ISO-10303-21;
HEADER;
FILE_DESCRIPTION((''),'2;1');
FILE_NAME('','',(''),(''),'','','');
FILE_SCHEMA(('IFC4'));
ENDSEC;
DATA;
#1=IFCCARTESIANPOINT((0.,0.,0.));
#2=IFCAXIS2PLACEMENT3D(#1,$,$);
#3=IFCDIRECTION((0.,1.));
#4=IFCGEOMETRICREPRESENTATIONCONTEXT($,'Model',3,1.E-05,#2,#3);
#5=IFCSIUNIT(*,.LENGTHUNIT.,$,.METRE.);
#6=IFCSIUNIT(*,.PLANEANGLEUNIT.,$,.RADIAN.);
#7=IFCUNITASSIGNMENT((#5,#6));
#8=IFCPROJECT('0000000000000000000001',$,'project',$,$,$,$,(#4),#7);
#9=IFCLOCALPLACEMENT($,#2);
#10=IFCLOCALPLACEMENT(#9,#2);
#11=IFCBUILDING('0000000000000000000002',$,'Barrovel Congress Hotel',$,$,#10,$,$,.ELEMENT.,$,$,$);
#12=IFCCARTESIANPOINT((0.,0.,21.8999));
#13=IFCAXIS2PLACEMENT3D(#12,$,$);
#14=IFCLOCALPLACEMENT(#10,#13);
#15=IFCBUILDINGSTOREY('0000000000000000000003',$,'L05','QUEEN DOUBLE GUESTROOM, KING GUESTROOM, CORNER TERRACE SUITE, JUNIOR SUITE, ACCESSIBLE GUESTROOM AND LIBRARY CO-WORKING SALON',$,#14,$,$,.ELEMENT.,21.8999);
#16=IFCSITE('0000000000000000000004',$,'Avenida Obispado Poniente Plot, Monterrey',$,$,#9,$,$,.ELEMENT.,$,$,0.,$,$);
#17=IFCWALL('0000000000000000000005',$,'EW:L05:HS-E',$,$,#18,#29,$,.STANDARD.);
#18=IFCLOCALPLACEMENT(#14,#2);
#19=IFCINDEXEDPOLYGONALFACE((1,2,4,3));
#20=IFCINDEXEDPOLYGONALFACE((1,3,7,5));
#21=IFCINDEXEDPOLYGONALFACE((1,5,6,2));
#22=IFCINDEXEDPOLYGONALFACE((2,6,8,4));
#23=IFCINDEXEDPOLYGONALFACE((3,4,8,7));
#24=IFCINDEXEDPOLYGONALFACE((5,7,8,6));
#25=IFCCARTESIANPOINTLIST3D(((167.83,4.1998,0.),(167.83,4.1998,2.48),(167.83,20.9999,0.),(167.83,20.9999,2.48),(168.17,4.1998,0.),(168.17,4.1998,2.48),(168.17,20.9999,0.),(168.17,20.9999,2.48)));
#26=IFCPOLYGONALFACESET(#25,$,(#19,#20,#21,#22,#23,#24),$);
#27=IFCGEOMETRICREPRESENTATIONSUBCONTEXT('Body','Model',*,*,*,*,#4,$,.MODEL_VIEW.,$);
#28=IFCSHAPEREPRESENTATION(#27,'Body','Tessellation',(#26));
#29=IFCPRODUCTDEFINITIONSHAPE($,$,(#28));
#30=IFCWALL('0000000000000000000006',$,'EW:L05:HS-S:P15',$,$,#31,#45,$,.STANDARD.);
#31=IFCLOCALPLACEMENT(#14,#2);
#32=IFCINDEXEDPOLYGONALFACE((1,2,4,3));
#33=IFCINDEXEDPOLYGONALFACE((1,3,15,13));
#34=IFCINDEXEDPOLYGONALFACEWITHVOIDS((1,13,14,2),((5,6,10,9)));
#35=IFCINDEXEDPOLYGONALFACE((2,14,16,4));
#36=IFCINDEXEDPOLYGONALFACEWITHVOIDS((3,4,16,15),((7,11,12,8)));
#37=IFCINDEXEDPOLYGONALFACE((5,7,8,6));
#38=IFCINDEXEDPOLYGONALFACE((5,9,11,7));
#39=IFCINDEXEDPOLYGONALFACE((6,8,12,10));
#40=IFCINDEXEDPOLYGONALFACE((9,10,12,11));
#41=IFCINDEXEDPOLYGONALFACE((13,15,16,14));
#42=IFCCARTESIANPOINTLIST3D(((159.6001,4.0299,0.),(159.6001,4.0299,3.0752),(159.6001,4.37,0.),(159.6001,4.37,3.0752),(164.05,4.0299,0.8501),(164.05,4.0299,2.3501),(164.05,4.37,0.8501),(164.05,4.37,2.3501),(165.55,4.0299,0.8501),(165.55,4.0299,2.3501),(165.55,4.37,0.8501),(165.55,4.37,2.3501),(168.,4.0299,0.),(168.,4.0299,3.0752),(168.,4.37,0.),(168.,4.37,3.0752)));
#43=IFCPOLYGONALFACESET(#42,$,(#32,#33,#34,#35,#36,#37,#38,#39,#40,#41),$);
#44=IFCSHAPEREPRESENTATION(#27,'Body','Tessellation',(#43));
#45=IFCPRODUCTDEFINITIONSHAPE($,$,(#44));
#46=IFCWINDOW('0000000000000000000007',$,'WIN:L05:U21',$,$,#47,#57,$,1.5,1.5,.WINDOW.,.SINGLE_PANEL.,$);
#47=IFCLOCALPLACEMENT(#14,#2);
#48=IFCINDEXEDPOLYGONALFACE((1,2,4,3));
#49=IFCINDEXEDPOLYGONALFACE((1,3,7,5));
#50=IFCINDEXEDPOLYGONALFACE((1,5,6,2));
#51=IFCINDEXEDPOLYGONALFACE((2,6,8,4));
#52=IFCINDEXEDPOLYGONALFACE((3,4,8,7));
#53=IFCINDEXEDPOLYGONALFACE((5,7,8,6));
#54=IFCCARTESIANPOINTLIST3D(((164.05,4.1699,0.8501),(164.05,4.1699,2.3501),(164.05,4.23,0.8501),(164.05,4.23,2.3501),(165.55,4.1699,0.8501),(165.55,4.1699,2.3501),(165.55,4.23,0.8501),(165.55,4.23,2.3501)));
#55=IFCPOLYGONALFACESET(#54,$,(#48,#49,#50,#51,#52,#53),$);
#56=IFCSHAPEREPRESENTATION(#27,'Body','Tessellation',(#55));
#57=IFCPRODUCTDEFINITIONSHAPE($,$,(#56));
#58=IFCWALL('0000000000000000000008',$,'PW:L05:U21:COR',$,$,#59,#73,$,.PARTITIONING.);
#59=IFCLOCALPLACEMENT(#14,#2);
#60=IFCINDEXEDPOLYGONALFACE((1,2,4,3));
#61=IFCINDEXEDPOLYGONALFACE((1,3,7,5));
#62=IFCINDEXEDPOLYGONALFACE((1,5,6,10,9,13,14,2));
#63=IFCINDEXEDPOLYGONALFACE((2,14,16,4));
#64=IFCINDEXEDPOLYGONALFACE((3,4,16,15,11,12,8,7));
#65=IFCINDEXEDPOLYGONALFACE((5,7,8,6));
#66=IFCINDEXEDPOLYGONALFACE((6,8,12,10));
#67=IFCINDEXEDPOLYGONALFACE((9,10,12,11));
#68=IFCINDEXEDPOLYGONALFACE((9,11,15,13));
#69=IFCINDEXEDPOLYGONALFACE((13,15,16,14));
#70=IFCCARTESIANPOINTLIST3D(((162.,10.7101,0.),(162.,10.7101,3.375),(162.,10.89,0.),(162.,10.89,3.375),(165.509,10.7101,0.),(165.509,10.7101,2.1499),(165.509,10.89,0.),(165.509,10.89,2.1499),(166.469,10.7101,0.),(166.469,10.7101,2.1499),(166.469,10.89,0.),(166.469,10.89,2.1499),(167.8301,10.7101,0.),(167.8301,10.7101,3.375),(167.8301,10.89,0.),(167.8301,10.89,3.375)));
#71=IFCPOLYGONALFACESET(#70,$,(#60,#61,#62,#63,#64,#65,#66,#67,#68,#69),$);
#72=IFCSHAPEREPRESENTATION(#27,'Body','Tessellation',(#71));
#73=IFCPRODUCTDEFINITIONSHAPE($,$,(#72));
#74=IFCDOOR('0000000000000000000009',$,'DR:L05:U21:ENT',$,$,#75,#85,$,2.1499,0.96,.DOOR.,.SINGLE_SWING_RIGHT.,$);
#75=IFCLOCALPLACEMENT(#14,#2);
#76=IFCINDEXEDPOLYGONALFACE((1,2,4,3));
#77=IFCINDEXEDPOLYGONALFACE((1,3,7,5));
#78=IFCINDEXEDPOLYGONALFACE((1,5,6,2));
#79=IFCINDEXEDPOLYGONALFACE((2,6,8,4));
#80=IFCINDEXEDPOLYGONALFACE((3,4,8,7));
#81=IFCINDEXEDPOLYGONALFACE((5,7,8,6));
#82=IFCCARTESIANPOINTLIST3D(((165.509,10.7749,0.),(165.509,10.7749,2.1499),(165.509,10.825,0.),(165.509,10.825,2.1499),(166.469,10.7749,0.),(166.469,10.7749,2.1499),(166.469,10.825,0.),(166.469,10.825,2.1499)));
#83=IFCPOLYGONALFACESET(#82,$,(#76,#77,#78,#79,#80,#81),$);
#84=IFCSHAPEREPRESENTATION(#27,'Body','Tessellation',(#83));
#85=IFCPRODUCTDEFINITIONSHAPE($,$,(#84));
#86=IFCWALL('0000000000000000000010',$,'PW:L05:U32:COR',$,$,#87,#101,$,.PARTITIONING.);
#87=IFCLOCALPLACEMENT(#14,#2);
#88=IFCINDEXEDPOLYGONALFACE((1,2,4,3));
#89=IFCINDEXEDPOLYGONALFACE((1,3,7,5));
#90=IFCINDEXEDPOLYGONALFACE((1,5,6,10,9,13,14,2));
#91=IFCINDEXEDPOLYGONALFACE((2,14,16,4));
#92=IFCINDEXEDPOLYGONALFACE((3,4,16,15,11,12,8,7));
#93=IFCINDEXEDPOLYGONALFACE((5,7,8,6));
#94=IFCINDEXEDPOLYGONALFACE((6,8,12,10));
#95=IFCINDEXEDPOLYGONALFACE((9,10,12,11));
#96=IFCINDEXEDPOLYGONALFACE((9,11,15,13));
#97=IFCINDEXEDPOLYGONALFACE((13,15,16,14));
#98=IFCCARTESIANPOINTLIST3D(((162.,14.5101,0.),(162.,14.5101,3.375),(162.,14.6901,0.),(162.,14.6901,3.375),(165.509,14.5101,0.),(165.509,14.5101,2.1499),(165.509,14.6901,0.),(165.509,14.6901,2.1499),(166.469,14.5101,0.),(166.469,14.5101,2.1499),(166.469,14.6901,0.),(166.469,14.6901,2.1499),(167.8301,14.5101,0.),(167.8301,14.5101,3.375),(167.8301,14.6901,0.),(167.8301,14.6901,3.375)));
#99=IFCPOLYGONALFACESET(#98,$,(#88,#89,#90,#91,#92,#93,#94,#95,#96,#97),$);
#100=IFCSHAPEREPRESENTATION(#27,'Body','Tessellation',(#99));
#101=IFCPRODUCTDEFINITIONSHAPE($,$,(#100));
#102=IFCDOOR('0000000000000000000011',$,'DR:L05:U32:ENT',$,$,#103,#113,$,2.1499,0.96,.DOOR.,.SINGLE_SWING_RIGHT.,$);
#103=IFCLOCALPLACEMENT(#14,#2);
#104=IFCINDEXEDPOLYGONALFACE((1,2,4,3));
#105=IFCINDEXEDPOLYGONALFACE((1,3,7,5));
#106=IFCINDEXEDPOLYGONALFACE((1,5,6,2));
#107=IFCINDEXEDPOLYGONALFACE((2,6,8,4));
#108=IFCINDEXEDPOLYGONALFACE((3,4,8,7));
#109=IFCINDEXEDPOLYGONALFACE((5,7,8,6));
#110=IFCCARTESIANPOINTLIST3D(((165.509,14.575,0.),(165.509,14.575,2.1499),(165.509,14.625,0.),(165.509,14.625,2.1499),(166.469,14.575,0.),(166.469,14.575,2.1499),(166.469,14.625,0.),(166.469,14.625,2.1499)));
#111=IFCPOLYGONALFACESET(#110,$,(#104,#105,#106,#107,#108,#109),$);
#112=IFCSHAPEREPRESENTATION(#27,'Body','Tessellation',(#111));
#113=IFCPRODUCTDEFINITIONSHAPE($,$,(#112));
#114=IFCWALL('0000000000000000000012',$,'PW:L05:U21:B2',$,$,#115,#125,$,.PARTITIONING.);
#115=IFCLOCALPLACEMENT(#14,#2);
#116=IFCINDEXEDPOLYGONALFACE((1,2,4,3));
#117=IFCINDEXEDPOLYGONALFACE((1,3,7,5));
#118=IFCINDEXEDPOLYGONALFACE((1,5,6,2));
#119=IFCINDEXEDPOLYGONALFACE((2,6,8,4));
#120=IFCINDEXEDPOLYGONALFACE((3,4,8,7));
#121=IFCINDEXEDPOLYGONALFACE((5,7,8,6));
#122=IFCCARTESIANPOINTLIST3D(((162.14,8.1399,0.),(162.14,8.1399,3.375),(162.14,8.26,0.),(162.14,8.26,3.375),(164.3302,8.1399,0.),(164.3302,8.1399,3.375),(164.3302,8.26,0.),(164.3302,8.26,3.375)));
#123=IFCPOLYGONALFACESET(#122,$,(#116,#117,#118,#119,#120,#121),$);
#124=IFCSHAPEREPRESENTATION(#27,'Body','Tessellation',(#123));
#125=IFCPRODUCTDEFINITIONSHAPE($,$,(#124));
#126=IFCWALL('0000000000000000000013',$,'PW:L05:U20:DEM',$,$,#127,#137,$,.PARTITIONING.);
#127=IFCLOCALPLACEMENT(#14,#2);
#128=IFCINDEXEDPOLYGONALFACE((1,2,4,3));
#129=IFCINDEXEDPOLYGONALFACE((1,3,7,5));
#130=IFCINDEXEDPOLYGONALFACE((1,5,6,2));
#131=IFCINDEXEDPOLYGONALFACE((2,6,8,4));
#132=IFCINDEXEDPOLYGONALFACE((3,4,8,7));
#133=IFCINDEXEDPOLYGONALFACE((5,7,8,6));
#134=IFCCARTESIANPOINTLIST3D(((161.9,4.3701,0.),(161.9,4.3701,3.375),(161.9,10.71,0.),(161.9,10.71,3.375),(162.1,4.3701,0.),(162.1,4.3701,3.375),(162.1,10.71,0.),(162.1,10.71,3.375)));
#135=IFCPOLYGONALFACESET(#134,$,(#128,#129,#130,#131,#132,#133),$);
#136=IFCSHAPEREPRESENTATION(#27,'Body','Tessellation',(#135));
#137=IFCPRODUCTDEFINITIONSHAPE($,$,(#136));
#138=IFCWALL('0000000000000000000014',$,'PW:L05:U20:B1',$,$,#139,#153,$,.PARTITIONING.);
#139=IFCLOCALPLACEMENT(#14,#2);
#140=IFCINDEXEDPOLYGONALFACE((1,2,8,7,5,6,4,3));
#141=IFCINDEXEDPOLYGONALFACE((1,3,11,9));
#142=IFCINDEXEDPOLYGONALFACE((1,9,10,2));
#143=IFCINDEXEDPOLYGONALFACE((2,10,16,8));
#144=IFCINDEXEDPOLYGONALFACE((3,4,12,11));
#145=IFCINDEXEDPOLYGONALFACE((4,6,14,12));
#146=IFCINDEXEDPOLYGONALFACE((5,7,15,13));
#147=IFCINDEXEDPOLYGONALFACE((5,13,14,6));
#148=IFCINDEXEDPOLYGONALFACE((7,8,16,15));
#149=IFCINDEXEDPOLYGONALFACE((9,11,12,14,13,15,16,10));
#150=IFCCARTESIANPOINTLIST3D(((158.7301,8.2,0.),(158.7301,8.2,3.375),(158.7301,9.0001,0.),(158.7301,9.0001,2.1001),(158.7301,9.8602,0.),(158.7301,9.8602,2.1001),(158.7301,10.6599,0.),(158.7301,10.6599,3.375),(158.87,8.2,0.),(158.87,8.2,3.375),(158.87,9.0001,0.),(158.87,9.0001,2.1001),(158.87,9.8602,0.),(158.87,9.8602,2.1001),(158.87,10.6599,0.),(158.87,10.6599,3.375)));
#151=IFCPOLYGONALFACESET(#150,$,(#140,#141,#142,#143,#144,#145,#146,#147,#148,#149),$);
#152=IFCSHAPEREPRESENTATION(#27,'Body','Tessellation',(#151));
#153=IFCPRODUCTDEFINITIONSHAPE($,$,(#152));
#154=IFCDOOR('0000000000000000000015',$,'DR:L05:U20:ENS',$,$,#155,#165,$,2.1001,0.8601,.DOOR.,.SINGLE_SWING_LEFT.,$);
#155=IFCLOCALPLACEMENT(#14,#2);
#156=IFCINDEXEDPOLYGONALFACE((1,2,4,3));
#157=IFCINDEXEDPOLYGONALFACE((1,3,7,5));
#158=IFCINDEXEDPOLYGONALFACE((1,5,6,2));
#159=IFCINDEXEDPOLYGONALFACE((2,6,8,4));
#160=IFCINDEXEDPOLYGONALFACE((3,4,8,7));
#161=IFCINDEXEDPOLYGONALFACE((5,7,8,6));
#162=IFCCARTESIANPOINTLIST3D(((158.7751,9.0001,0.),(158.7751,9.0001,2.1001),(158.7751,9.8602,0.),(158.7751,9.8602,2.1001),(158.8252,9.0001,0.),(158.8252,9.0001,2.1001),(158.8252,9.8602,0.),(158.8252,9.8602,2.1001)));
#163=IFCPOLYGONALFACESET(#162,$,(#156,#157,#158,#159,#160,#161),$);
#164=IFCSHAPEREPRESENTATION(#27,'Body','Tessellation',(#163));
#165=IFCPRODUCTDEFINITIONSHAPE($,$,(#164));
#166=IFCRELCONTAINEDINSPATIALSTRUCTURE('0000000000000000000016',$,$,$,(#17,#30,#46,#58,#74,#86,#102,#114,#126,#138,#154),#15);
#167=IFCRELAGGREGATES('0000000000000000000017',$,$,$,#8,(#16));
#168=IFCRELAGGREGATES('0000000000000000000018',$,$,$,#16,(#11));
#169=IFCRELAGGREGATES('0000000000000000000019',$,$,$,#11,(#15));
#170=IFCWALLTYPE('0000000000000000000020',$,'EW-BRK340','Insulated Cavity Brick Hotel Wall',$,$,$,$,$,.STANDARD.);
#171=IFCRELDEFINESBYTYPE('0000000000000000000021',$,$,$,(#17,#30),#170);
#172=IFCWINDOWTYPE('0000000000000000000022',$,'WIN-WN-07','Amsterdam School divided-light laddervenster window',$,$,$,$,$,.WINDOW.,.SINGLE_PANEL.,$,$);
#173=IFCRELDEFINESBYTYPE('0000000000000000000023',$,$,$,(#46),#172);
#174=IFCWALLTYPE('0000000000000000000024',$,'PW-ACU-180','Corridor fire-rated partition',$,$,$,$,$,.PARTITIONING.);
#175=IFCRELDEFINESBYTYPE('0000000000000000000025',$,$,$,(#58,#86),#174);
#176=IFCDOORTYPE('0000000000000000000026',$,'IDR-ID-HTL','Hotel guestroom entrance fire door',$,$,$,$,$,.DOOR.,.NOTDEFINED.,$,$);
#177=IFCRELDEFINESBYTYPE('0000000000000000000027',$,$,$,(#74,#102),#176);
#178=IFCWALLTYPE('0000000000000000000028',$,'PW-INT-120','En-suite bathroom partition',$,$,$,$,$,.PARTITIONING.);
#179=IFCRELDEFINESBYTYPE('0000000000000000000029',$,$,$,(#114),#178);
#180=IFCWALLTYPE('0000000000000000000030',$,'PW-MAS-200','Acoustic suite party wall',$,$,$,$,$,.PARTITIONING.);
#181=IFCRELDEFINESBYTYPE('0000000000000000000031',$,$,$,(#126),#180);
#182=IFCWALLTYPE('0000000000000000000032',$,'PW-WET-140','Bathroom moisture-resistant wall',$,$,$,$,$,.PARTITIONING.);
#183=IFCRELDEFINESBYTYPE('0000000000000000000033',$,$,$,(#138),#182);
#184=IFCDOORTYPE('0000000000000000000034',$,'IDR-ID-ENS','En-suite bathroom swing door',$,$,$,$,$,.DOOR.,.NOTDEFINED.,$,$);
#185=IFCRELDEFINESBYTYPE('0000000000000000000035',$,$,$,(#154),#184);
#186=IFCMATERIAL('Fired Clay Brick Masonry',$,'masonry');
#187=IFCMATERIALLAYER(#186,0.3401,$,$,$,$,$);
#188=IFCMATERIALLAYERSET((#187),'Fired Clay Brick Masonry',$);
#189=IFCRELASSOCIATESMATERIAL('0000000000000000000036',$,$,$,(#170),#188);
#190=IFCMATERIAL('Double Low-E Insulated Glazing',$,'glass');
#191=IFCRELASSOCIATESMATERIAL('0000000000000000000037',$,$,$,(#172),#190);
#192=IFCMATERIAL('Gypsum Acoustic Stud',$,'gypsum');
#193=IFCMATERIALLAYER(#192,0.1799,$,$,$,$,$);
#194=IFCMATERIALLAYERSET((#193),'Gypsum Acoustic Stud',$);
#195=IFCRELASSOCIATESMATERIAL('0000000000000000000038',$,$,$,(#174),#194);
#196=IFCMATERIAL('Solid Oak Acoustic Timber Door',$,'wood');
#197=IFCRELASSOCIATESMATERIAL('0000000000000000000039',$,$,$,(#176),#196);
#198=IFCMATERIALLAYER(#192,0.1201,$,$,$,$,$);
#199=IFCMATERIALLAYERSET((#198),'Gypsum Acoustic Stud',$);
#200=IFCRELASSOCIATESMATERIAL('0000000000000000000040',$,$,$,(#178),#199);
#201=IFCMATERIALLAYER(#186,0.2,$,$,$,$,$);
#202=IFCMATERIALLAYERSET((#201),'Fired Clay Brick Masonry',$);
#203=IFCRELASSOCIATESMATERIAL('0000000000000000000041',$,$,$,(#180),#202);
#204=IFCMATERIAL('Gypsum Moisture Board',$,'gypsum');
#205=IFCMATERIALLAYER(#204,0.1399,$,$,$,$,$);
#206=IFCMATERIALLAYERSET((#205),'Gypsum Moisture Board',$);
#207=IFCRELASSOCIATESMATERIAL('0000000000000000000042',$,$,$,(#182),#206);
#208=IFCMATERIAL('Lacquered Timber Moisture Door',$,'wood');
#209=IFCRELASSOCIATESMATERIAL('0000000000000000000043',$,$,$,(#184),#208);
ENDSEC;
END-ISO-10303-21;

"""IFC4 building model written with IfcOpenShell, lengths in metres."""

from ifc_helpers import new_model, si_unit, direction, frame, frame_2d, origin, place, context, subcontext, project, spatial, rectangle, extrude, material, layer, layer_set, type_object, element, fill, save


model = new_model("IFC4")

# Units and contexts
model_context = context("Model", 3, precision=1e-05, world=origin(), true_north=direction((0.0, 1.0)))
body_context = subcontext(model_context, "Body", "Model", "MODEL_VIEW")
ifc_project = project(units=[si_unit("LENGTHUNIT", "METRE"), si_unit("PLANEANGLEUNIT", "RADIAN")], contexts=[model_context])

# Site, building, storey
site_placement = place(None, origin())
site = spatial("IfcSite", under=ifc_project, at=site_placement, Name="Avenida Obispado Poniente Plot, Monterrey", CompositionType="ELEMENT", RefElevation=0.0)
building_placement = place(site_placement, origin())
building = spatial("IfcBuilding", under=site, at=building_placement, Name="Barrovel Congress Hotel", CompositionType="ELEMENT")
storey_placement = place(building_placement, frame((0.0, 0.0, 21.8999)))
storey = spatial("IfcBuildingStorey", under=building, at=storey_placement, Name="L05", Description="QUEEN DOUBLE GUESTROOM, KING GUESTROOM, CORNER TERRACE SUITE, JUNIOR SUITE, ACCESSIBLE GUESTROOM AND LIBRARY CO-WORKING SALON", CompositionType="ELEMENT", Elevation=21.8999)

# Wall
ifc_material_1 = material(Name="Fired Clay Brick Masonry", Category="masonry")
ifc_layer_1 = layer(ifc_material_1, 0.3401)
ifc_layer_set_1 = layer_set([ifc_layer_1], Name="Fired Clay Brick Masonry")
wall_type_1 = type_object("IfcWallType", Name="EW-BRK340", Description="Insulated Cavity Brick Hotel Wall", PredefinedType="STANDARD", material=ifc_layer_set_1)
wall_1_placement = place(storey_placement, frame((168.0, 4.2, 0.0), z_axis=(0.0, 0.0, 1.0), x_axis=(0.0, 1.0, 0.0)))
element("IfcWall", 1, at=wall_1_placement, inside=storey, type_object=wall_type_1, Name="EW:L05:HS-E", PredefinedType="STANDARD", context=body_context, shape_type="SweptSolid", body=[
    extrude(rectangle(XDim=16.8, YDim=0.3401, at=frame_2d((8.3999, 0.0))), origin(), (0.0, 0.0, 1.0), 2.48),
])

# Wall, opening, window
wall_2_placement = place(storey_placement, frame((159.6001, 4.2, 0.0), z_axis=(0.0, 0.0, 1.0), x_axis=(1.0, 0.0, 0.0)))
wall_2 = element("IfcWall", 2, at=wall_2_placement, inside=storey, type_object=wall_type_1, Name="EW:L05:HS-S:P15", PredefinedType="STANDARD", context=body_context, shape_type="SweptSolid", body=[
    extrude(rectangle(XDim=8.3999, YDim=0.3401, at=frame_2d((4.2, 0.0))), origin(), (0.0, 0.0, 1.0), 3.0752),
])
opening_1_placement = place(wall_2_placement, frame((4.45, 0.0, 0.8501)))
opening_1 = element("IfcOpeningElement", 3, at=opening_1_placement, cuts=wall_2, PredefinedType="OPENING", context=body_context, shape_type="SweptSolid", body=[
    extrude(rectangle(XDim=1.5, YDim=1.5, at=frame_2d((0.75, 0.75))), frame((0.0, 0.1802, 0.0), z_axis=(0.0, -1.0, 0.0), x_axis=(1.0, 0.0, 0.0)), (0.0, 0.0, 1.0), 0.3601),
])
ifc_material_2 = material(Name="Double Low-E Insulated Glazing", Category="glass")
window_type = type_object("IfcWindowType", Name="WIN-WN-07", Description="Amsterdam School divided-light laddervenster window", PartitioningType="SINGLE_PANEL", PredefinedType="WINDOW", material=ifc_material_2)
window_placement = place(opening_1_placement, origin())
window = element("IfcWindow", 4, at=window_placement, inside=storey, type_object=window_type, Name="WIN:L05:U21", OverallHeight=1.5, OverallWidth=1.5, PartitioningType="SINGLE_PANEL", PredefinedType="WINDOW", context=body_context, shape_type="SweptSolid", body=[
    extrude(rectangle(XDim=1.5, YDim=1.5, at=frame_2d((0.75, 0.75))), frame((0.0, 0.03, 0.0), z_axis=(0.0, -1.0, 0.0), x_axis=(1.0, 0.0, 0.0)), (0.0, 0.0, 1.0), 0.0601),
])
fill(opening_1, window)

# Walls, openings, doors
ifc_material_3 = material(Name="Gypsum Acoustic Stud", Category="gypsum")
ifc_layer_2 = layer(ifc_material_3, 0.1799)
ifc_layer_set_2 = layer_set([ifc_layer_2], Name="Gypsum Acoustic Stud")
wall_type_2 = type_object("IfcWallType", Name="PW-ACU-180", Description="Corridor fire-rated partition", PredefinedType="PARTITIONING", material=ifc_layer_set_2)
wall_3_placement = place(storey_placement, frame((162.0, 10.8, 0.0), z_axis=(0.0, 0.0, 1.0), x_axis=(1.0, 0.0, 0.0)))
wall_3 = element("IfcWall", 5, at=wall_3_placement, inside=storey, type_object=wall_type_2, Name="PW:L05:U21:COR", PredefinedType="PARTITIONING", context=body_context, shape_type="SweptSolid", body=[
    extrude(rectangle(XDim=5.8301, YDim=0.1799, at=frame_2d((2.915, 0.0))), origin(), (0.0, 0.0, 1.0), 3.375),
])
opening_2_placement = place(wall_3_placement, frame((3.509, 0.0, 0.0)))
opening_2 = element("IfcOpeningElement", 6, at=opening_2_placement, cuts=wall_3, PredefinedType="OPENING", context=body_context, shape_type="SweptSolid", body=[
    extrude(rectangle(XDim=0.96, YDim=2.1499, at=frame_2d((0.48, 1.075))), frame((0.0, 0.1001, 0.0), z_axis=(0.0, -1.0, 0.0), x_axis=(1.0, 0.0, 0.0)), (0.0, 0.0, 1.0), 0.2),
])
ifc_material_4 = material(Name="Solid Oak Acoustic Timber Door", Category="wood")
door_type_1 = type_object("IfcDoorType", Name="IDR-ID-HTL", Description="Hotel guestroom entrance fire door", OperationType="NOTDEFINED", PredefinedType="DOOR", material=ifc_material_4)
door_1_placement = place(opening_2_placement, origin())
door_1 = element("IfcDoor", 7, at=door_1_placement, inside=storey, type_object=door_type_1, Name="DR:L05:U21:ENT", OperationType="SINGLE_SWING_RIGHT", OverallHeight=2.1499, OverallWidth=0.96, PredefinedType="DOOR", context=body_context, shape_type="SweptSolid", body=[
    extrude(rectangle(XDim=0.96, YDim=2.1499, at=frame_2d((0.48, 1.075))), frame((0.0, 0.0249, 0.0), z_axis=(0.0, -1.0, 0.0), x_axis=(1.0, 0.0, 0.0)), (0.0, 0.0, 1.0), 0.05),
])
fill(opening_2, door_1)
wall_4_placement = place(storey_placement, frame((162.0, 14.6001, 0.0), z_axis=(0.0, 0.0, 1.0), x_axis=(1.0, 0.0, 0.0)))
wall_4 = element("IfcWall", 8, at=wall_4_placement, inside=storey, type_object=wall_type_2, Name="PW:L05:U32:COR", PredefinedType="PARTITIONING", context=body_context, shape_type="SweptSolid", body=[
    extrude(rectangle(XDim=5.8301, YDim=0.1799, at=frame_2d((2.915, 0.0))), origin(), (0.0, 0.0, 1.0), 3.375),
])
opening_3_placement = place(wall_4_placement, frame((3.509, 0.0, 0.0)))
opening_3 = element("IfcOpeningElement", 9, at=opening_3_placement, cuts=wall_4, PredefinedType="OPENING", context=body_context, shape_type="SweptSolid", body=[
    extrude(rectangle(XDim=0.96, YDim=2.1499, at=frame_2d((0.48, 1.075))), frame((0.0, 0.1001, 0.0), z_axis=(0.0, -1.0, 0.0), x_axis=(1.0, 0.0, 0.0)), (0.0, 0.0, 1.0), 0.2),
])
door_2_placement = place(opening_3_placement, origin())
door_2 = element("IfcDoor", 10, at=door_2_placement, inside=storey, type_object=door_type_1, Name="DR:L05:U32:ENT", OperationType="SINGLE_SWING_RIGHT", OverallHeight=2.1499, OverallWidth=0.96, PredefinedType="DOOR", context=body_context, shape_type="SweptSolid", body=[
    extrude(rectangle(XDim=0.96, YDim=2.1499, at=frame_2d((0.48, 1.075))), frame((0.0, 0.0249, 0.0), z_axis=(0.0, -1.0, 0.0), x_axis=(1.0, 0.0, 0.0)), (0.0, 0.0, 1.0), 0.05),
])
fill(opening_3, door_2)

# Walls
ifc_layer_3 = layer(ifc_material_3, 0.1201)
ifc_layer_set_3 = layer_set([ifc_layer_3], Name="Gypsum Acoustic Stud")
wall_type_3 = type_object("IfcWallType", Name="PW-INT-120", Description="En-suite bathroom partition", PredefinedType="PARTITIONING", material=ifc_layer_set_3)
wall_5_placement = place(storey_placement, frame((162.1399, 8.2, 0.0), z_axis=(0.0, 0.0, 1.0), x_axis=(1.0, 0.0, 0.0)))
element("IfcWall", 11, at=wall_5_placement, inside=storey, type_object=wall_type_3, Name="PW:L05:U21:B2", PredefinedType="PARTITIONING", context=body_context, shape_type="SweptSolid", body=[
    extrude(rectangle(XDim=2.1902, YDim=0.1201, at=frame_2d((1.0952, 0.0))), origin(), (0.0, 0.0, 1.0), 3.375),
])
ifc_layer_4 = layer(ifc_material_1, 0.2)
ifc_layer_set_4 = layer_set([ifc_layer_4], Name="Fired Clay Brick Masonry")
wall_type_4 = type_object("IfcWallType", Name="PW-MAS-200", Description="Acoustic suite party wall", PredefinedType="PARTITIONING", material=ifc_layer_set_4)
wall_6_placement = place(storey_placement, frame((162.0, 4.3701, 0.0), z_axis=(0.0, 0.0, 1.0), x_axis=(0.0, 1.0, 0.0)))
element("IfcWall", 12, at=wall_6_placement, inside=storey, type_object=wall_type_4, Name="PW:L05:U20:DEM", PredefinedType="PARTITIONING", context=body_context, shape_type="SweptSolid", body=[
    extrude(rectangle(XDim=6.3398, YDim=0.2, at=frame_2d((3.1699, 0.0))), origin(), (0.0, 0.0, 1.0), 3.375),
])

# Wall, opening, door
ifc_material_5 = material(Name="Gypsum Moisture Board", Category="gypsum")
ifc_layer_5 = layer(ifc_material_5, 0.1399)
ifc_layer_set_5 = layer_set([ifc_layer_5], Name="Gypsum Moisture Board")
wall_type_5 = type_object("IfcWallType", Name="PW-WET-140", Description="Bathroom moisture-resistant wall", PredefinedType="PARTITIONING", material=ifc_layer_set_5)
wall_7_placement = place(storey_placement, frame((158.8, 8.2, 0.0), z_axis=(0.0, 0.0, 1.0), x_axis=(0.0, 1.0, 0.0)))
wall_7 = element("IfcWall", 13, at=wall_7_placement, inside=storey, type_object=wall_type_5, Name="PW:L05:U20:B1", PredefinedType="PARTITIONING", context=body_context, shape_type="SweptSolid", body=[
    extrude(rectangle(XDim=2.46, YDim=0.1399, at=frame_2d((1.23, 0.0))), origin(), (0.0, 0.0, 1.0), 3.375),
])
opening_4_placement = place(wall_7_placement, frame((0.8, 0.0, 0.0)))
opening_4 = element("IfcOpeningElement", 14, at=opening_4_placement, cuts=wall_7, PredefinedType="OPENING", context=body_context, shape_type="SweptSolid", body=[
    extrude(rectangle(XDim=0.8601, YDim=2.1001, at=frame_2d((0.4302, 1.05))), frame((0.0, 0.0801, 0.0), z_axis=(0.0, -1.0, 0.0), x_axis=(1.0, 0.0, 0.0)), (0.0, 0.0, 1.0), 0.1599),
])
ifc_material_6 = material(Name="Lacquered Timber Moisture Door", Category="wood")
door_type_2 = type_object("IfcDoorType", Name="IDR-ID-ENS", Description="En-suite bathroom swing door", OperationType="NOTDEFINED", PredefinedType="DOOR", material=ifc_material_6)
door_3_placement = place(opening_4_placement, origin())
door_3 = element("IfcDoor", 15, at=door_3_placement, inside=storey, type_object=door_type_2, Name="DR:L05:U20:ENS", OperationType="SINGLE_SWING_LEFT", OverallHeight=2.1001, OverallWidth=0.8601, PredefinedType="DOOR", context=body_context, shape_type="SweptSolid", body=[
    extrude(rectangle(XDim=0.8601, YDim=2.1001, at=frame_2d((0.4302, 1.05))), frame((0.0, 0.0249, 0.0), z_axis=(0.0, -1.0, 0.0), x_axis=(1.0, 0.0, 0.0)), (0.0, 0.0, 1.0), 0.05),
])
fill(opening_4, door_3)

save(model, "model.ifc")
